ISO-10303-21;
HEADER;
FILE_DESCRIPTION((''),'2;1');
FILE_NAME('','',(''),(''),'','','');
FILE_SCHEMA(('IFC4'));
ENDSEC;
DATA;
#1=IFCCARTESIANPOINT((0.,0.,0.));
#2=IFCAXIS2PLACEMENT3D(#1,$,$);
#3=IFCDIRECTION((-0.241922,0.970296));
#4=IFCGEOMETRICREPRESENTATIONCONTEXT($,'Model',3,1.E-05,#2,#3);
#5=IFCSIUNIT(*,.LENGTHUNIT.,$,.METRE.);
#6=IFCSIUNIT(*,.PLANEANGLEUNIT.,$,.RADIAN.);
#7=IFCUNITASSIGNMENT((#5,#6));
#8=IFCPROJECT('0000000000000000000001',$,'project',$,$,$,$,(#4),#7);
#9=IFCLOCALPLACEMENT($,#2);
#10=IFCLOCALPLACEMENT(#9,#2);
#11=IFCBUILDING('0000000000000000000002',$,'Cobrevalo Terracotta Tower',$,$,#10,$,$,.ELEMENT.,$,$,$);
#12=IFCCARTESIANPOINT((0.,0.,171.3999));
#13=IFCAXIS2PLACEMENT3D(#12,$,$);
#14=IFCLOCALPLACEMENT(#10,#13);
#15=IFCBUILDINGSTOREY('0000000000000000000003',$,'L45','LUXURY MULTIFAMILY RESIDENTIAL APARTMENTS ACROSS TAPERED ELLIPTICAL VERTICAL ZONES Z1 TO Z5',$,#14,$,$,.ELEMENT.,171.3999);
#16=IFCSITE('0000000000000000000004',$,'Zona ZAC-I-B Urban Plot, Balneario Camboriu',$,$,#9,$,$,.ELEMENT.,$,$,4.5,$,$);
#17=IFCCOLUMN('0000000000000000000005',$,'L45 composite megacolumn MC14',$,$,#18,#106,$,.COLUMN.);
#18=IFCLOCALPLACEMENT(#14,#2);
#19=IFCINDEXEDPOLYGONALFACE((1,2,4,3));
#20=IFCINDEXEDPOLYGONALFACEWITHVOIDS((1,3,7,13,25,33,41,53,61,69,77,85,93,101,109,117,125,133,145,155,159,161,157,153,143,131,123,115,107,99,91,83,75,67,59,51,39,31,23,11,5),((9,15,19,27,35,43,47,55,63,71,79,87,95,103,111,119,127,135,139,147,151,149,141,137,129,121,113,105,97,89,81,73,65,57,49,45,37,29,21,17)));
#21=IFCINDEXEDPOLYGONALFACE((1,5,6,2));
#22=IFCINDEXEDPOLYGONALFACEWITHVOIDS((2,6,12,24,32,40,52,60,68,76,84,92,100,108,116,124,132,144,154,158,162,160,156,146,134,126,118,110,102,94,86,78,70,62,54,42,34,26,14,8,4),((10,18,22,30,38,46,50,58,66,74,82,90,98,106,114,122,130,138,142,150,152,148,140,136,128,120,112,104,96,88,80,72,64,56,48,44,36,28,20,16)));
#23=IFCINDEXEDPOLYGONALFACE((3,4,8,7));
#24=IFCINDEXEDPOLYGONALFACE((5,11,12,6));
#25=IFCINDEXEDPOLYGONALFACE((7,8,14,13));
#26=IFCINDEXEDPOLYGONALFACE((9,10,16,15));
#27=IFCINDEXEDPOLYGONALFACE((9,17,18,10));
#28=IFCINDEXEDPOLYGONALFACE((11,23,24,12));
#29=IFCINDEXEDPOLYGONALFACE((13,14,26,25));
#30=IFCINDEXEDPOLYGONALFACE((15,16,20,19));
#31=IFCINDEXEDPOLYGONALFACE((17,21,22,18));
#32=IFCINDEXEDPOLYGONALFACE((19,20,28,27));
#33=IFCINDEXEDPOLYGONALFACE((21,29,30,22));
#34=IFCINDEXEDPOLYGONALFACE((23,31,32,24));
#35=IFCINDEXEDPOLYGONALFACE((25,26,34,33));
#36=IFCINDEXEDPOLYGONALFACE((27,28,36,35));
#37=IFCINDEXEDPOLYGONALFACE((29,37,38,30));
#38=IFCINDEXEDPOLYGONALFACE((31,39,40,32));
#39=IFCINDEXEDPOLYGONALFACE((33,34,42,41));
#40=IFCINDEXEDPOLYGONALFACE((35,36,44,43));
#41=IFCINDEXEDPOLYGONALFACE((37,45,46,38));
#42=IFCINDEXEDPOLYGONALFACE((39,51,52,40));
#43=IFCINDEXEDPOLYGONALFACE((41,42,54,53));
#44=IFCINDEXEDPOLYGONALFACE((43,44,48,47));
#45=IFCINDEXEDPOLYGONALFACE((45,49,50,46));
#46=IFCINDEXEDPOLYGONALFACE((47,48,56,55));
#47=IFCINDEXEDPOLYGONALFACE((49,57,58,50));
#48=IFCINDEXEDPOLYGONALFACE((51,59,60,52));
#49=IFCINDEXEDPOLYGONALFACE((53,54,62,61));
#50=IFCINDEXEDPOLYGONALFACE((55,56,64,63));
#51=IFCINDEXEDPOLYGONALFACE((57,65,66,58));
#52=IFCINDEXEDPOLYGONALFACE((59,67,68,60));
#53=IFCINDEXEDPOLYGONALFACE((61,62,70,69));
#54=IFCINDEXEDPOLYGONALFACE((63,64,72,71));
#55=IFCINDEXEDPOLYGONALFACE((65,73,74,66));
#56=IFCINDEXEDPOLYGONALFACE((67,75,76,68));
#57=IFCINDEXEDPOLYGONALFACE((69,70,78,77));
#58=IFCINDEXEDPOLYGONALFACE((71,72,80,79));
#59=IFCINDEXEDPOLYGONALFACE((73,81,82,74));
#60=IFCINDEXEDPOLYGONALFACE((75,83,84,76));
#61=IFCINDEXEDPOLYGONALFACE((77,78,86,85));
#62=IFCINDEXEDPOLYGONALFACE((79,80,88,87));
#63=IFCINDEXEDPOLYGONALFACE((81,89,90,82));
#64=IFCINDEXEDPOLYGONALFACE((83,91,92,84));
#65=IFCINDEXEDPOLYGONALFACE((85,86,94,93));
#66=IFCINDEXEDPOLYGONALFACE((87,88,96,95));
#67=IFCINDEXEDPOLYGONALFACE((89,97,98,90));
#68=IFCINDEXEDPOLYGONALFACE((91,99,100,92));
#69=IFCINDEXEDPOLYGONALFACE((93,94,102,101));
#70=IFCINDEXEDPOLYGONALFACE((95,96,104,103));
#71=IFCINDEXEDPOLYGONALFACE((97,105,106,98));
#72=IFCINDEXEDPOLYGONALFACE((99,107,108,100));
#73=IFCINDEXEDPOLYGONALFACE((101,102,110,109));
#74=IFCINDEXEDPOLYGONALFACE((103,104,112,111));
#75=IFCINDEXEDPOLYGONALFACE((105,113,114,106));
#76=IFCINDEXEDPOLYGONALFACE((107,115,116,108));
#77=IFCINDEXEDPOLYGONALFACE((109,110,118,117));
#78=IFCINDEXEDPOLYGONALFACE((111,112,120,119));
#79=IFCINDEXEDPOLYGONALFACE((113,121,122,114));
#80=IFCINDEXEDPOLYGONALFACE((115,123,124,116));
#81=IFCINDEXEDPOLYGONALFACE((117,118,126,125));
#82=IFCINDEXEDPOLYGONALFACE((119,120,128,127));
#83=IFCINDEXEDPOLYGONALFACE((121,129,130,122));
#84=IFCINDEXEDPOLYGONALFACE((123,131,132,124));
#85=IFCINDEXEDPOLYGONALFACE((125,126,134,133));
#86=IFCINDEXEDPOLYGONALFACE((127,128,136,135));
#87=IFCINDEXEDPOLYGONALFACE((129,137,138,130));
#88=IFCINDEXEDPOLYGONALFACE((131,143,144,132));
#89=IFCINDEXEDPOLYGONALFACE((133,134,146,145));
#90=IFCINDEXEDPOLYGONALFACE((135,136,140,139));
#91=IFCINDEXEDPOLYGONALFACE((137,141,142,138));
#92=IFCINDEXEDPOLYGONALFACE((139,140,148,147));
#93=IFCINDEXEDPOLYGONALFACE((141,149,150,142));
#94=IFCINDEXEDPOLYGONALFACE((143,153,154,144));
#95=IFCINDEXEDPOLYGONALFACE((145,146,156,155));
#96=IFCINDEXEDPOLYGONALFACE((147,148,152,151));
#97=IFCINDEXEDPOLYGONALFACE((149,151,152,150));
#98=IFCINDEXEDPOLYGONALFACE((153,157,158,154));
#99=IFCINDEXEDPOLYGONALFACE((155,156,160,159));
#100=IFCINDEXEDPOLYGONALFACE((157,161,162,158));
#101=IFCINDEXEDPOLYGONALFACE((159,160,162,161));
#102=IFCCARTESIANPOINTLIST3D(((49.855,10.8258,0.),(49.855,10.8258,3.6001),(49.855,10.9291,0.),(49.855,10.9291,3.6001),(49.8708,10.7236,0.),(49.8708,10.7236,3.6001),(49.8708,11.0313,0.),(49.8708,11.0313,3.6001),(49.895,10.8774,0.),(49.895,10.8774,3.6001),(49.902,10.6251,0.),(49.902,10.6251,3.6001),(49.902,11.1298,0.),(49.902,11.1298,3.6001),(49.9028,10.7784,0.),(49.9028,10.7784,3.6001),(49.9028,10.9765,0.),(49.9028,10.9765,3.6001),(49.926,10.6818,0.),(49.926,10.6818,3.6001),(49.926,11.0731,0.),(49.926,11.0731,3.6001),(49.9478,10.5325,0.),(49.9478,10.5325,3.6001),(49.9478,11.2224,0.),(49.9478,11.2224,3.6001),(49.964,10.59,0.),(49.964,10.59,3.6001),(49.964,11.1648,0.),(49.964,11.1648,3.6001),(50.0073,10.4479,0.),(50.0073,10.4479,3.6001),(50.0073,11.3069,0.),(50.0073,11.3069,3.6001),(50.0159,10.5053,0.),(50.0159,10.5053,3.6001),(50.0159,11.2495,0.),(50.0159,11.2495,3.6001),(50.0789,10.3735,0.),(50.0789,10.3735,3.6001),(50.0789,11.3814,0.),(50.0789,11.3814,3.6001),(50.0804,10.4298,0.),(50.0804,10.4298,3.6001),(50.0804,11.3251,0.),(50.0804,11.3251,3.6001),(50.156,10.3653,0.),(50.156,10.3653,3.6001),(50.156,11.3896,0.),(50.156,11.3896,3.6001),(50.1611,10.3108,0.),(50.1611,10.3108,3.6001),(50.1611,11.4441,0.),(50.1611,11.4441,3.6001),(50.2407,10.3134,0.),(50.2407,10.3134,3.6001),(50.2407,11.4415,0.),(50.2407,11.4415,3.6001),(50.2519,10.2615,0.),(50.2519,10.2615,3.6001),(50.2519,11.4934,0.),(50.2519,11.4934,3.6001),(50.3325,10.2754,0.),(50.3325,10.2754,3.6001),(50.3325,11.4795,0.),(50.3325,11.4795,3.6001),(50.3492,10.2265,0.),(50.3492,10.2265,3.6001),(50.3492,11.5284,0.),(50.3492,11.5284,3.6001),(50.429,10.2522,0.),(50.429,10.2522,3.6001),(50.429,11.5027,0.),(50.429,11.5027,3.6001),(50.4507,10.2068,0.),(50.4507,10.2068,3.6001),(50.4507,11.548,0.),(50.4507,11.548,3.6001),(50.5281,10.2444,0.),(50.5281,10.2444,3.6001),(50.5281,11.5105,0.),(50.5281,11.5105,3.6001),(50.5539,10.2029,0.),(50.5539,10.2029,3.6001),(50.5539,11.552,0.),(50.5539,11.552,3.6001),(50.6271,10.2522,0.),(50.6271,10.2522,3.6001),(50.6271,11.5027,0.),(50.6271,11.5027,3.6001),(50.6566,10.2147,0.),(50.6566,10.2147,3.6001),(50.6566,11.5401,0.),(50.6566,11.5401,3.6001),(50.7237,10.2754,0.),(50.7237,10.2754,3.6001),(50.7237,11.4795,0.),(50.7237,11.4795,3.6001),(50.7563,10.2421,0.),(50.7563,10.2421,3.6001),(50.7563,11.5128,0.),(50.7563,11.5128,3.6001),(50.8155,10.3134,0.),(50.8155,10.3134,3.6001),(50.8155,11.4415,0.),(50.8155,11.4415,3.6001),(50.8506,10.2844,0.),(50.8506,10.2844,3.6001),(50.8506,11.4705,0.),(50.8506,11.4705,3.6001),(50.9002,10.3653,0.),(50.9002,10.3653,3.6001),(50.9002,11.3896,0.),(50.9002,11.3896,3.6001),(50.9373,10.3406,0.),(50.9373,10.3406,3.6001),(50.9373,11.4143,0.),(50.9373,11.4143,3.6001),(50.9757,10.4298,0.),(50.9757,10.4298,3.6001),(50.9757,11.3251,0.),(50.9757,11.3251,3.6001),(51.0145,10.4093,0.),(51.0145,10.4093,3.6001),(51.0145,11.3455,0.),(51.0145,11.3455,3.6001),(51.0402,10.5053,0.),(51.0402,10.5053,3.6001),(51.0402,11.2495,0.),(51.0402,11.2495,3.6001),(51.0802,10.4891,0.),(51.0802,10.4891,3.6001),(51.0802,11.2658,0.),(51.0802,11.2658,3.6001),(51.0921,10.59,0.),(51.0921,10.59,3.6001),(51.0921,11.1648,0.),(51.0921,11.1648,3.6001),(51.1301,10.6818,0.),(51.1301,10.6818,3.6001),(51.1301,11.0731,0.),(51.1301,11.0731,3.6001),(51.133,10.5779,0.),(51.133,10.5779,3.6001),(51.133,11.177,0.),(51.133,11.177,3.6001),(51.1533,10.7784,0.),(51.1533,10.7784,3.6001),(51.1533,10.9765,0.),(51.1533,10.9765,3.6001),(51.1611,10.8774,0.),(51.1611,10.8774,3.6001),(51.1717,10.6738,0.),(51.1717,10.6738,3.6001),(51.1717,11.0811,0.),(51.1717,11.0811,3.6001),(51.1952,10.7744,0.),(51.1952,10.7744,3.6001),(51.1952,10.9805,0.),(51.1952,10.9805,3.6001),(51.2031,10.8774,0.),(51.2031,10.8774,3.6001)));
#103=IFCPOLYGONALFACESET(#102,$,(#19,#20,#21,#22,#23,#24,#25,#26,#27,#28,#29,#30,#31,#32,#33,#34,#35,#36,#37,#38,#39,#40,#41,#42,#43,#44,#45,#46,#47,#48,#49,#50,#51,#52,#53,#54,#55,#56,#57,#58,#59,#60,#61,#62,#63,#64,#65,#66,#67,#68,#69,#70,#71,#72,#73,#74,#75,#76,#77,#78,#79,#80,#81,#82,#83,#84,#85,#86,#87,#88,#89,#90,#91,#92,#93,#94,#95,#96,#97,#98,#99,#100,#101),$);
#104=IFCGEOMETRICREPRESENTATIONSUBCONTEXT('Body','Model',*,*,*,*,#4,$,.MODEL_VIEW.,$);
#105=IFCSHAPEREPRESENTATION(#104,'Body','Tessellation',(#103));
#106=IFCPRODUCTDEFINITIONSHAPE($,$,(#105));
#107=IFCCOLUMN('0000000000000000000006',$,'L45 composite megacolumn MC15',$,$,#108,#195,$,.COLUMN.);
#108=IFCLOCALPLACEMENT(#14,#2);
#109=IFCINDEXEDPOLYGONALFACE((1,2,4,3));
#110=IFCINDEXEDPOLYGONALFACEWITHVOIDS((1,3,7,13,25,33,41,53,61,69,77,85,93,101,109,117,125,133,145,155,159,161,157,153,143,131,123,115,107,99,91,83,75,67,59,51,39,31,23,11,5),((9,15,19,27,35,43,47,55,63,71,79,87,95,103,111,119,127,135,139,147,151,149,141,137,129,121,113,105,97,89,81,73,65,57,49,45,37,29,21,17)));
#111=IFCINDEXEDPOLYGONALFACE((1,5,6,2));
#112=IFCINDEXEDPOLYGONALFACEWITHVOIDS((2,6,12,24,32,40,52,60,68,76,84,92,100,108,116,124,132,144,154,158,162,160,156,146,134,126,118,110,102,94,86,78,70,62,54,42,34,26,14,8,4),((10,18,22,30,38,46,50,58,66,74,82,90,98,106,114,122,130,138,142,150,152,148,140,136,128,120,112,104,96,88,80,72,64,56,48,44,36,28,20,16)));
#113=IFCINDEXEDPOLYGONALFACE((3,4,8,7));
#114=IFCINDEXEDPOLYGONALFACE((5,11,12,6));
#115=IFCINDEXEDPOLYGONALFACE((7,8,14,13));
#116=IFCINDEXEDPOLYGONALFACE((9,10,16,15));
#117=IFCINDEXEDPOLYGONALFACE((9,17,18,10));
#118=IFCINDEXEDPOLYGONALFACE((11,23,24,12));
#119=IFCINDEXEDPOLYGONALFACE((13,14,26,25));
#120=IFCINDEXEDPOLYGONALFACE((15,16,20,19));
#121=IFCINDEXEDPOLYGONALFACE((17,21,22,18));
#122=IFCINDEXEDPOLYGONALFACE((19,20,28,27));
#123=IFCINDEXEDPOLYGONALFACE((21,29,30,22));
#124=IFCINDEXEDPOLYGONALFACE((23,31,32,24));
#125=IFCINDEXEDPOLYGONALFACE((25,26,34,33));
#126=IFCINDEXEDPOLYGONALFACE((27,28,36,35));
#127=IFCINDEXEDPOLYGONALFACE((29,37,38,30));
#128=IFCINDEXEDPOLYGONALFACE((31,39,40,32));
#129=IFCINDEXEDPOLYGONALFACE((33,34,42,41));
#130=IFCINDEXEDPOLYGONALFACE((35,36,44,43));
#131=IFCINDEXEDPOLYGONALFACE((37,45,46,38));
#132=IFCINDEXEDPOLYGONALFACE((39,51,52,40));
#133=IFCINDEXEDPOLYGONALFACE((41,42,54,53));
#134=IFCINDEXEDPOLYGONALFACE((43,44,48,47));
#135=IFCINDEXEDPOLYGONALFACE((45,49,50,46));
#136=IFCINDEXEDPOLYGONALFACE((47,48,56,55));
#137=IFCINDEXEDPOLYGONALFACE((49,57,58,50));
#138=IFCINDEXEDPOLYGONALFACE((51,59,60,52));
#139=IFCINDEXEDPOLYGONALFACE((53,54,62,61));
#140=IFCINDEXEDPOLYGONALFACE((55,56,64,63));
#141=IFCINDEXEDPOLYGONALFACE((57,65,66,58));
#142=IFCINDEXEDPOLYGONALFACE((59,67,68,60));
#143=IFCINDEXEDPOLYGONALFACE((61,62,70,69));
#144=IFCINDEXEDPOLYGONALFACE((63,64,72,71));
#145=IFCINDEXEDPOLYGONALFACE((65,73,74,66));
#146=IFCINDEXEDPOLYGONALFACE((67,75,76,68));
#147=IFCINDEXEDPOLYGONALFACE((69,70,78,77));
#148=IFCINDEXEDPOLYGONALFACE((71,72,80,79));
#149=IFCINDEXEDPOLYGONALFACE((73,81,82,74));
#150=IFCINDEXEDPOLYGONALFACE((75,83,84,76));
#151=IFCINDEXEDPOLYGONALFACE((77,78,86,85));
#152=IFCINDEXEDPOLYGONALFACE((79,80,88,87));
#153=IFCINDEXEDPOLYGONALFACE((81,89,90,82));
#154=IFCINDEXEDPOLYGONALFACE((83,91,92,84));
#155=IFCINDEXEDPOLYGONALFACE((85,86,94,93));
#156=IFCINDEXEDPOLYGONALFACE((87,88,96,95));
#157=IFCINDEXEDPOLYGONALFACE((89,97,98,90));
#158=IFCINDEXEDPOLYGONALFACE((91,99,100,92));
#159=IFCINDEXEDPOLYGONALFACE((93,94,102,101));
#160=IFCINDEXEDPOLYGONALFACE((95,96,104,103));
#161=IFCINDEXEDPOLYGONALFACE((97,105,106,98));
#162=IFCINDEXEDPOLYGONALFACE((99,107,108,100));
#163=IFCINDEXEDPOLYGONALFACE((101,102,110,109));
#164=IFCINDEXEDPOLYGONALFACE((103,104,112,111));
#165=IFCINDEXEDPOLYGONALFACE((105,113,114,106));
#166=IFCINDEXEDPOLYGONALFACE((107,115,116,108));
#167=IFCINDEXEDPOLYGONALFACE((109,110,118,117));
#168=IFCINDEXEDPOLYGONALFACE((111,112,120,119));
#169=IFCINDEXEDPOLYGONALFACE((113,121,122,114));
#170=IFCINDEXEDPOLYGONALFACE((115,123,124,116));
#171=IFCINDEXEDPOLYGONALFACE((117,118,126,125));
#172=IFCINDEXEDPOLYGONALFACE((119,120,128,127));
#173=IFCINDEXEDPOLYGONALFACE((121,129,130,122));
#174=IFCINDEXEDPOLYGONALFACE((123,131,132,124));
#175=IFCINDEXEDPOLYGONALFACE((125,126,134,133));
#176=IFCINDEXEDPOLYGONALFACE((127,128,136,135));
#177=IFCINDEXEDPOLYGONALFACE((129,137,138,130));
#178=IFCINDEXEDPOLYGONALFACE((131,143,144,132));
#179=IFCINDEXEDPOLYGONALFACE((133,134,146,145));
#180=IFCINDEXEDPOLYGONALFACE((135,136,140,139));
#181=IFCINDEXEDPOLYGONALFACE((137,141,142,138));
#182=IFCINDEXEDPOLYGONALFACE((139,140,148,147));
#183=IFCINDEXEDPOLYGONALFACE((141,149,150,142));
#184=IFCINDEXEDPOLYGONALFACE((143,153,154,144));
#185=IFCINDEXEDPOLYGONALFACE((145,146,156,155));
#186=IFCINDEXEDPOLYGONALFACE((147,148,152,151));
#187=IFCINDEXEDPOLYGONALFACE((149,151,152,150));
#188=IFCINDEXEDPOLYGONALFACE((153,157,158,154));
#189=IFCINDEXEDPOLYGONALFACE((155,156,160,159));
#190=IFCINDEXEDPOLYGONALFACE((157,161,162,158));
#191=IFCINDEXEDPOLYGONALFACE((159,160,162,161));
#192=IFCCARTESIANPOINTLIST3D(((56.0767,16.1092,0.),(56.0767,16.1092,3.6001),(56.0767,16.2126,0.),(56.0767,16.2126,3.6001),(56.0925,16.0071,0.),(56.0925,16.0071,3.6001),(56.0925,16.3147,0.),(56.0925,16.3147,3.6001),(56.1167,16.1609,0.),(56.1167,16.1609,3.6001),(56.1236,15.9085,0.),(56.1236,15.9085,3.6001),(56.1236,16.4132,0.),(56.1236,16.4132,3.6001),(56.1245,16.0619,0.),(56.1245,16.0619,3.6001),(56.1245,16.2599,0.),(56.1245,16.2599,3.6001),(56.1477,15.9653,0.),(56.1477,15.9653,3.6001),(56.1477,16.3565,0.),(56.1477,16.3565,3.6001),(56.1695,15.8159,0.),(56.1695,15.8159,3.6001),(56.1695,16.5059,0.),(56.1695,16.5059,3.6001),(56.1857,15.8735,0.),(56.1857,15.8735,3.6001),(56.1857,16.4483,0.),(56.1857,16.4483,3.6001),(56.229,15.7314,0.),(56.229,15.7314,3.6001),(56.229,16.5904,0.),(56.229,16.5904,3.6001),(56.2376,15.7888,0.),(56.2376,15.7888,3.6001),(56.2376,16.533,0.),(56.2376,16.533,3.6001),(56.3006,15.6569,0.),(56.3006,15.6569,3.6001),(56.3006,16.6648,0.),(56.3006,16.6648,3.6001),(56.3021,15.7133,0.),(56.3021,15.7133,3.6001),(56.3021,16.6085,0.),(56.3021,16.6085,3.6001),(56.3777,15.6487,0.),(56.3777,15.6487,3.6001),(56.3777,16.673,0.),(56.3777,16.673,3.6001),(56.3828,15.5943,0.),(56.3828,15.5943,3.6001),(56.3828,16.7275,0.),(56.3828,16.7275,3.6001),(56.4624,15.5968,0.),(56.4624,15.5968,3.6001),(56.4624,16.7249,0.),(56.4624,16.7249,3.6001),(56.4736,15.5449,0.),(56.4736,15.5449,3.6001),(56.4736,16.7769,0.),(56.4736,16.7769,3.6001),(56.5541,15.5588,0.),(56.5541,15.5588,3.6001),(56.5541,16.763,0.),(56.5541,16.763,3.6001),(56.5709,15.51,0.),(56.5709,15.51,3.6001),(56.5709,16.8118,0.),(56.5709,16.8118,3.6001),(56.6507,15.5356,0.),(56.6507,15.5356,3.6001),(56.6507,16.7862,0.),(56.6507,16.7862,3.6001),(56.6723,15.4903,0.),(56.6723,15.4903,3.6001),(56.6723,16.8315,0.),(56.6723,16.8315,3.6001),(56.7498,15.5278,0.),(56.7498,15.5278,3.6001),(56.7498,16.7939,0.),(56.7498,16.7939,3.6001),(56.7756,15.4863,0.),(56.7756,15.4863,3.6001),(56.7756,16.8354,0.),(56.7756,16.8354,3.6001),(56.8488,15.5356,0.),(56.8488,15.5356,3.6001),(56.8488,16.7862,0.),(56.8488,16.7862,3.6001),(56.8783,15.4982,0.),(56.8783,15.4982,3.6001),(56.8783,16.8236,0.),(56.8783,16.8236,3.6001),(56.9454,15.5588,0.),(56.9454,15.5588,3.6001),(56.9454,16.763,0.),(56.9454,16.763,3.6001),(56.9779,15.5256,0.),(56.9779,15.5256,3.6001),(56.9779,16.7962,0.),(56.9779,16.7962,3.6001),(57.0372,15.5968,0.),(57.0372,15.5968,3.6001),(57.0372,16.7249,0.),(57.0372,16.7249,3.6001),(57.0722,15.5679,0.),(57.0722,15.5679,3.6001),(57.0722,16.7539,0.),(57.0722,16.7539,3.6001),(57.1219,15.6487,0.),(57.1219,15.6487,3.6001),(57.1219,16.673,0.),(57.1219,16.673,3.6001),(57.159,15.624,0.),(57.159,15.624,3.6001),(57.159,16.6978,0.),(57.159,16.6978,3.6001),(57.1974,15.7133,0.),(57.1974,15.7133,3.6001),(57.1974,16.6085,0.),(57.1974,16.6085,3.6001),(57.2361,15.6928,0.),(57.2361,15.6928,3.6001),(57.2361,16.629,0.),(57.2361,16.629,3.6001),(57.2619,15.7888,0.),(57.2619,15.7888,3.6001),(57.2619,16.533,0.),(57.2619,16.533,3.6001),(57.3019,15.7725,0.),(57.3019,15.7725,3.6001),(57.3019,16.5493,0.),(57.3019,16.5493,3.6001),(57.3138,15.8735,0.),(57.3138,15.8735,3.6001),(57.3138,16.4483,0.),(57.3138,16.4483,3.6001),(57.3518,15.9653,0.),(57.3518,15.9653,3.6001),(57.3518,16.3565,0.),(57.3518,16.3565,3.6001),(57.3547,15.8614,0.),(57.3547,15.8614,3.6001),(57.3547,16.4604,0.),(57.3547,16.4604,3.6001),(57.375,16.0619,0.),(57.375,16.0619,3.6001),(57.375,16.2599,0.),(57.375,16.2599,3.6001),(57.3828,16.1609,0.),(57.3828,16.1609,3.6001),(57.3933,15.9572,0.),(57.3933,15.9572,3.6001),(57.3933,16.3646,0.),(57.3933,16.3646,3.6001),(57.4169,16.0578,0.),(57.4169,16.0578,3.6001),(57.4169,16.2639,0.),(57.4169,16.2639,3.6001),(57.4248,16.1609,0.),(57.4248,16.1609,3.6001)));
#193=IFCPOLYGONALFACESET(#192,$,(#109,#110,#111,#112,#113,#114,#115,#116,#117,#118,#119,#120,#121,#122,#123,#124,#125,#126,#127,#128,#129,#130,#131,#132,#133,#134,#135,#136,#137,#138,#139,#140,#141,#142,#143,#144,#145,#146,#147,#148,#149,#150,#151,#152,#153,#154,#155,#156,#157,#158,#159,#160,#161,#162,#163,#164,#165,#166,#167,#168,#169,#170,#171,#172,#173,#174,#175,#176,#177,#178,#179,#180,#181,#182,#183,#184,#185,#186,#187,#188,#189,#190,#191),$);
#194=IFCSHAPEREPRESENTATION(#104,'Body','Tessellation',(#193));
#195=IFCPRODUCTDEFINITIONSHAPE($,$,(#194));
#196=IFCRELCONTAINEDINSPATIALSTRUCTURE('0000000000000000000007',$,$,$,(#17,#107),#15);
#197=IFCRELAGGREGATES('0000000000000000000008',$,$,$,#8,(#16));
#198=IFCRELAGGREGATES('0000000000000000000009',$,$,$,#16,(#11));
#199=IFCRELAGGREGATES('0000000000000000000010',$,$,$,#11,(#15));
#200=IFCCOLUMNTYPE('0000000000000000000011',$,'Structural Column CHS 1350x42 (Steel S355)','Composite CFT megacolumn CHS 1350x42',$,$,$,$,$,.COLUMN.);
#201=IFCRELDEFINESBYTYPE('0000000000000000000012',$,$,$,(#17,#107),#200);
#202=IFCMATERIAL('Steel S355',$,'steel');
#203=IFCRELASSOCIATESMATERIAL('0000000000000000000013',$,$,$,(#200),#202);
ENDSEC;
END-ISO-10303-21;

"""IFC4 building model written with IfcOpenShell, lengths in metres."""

from ifc_helpers import new_model, si_unit, direction, frame, origin, origin_2d, place, context, subcontext, project, spatial, hollow_circle, extrude, material, material_profile, profile_set, type_object, element, save


model = new_model("IFC4")

# Units and contexts
model_context = context("Model", 3, precision=1e-05, world=origin(), true_north=direction((-0.241922, 0.970296)))
body_context = subcontext(model_context, "Body", "Model", "MODEL_VIEW")
ifc_project = project(units=[si_unit("LENGTHUNIT", "METRE"), si_unit("PLANEANGLEUNIT", "RADIAN")], contexts=[model_context])

# Site, building, storey
site_placement = place(None, origin())
site = spatial("IfcSite", under=ifc_project, at=site_placement, Name="Zona ZAC-I-B Urban Plot, Balneario Camboriu", CompositionType="ELEMENT", RefElevation=4.5)
building_placement = place(site_placement, origin())
building = spatial("IfcBuilding", under=site, at=building_placement, Name="Cobrevalo Terracotta Tower", CompositionType="ELEMENT")
storey_placement = place(building_placement, frame((0.0, 0.0, 171.3999)))
storey = spatial("IfcBuildingStorey", under=building, at=storey_placement, Name="L45", Description="LUXURY MULTIFAMILY RESIDENTIAL APARTMENTS ACROSS TAPERED ELLIPTICAL VERTICAL ZONES Z1 TO Z5", CompositionType="ELEMENT", Elevation=171.3999)

# Columns
ifc_material_1 = material(Name="Steel S355", Category="steel")
ifc_material_profile_1 = material_profile(ifc_material_1, hollow_circle(Radius=0.675, WallThickness=0.042, at=origin_2d()), Name="CHS 1350x42")
ifc_profile_set_1 = profile_set([ifc_material_profile_1], Name="Steel S355")
column_type = type_object("IfcColumnType", Name="Structural Column CHS 1350x42 (Steel S355)", Description="Composite CFT megacolumn CHS 1350x42", PredefinedType="COLUMN", material=ifc_profile_set_1)
for number, where, z_axis, x_axis, name in (
    (1, (50.5281, 10.8774, 0.0), (0.0, 0.0, 1.0), (1.0, 0.0, 0.0), "L45 composite megacolumn MC14"),
    (2, (56.7498, 16.1609, 0.0), (0.0, 0.0, 1.0), (1.0, 0.0, 0.0), "L45 composite megacolumn MC15"),
):
    element("IfcColumn", number, at=place(storey_placement, frame(where, z_axis=z_axis, x_axis=x_axis)), inside=storey, type_object=column_type, Name=name, PredefinedType="COLUMN", context=body_context, shape_type="SweptSolid", body=[
        extrude(hollow_circle(Radius=0.675, WallThickness=0.042, at=origin_2d()), origin(), (0.0, 0.0, 1.0), 3.6001),
    ])

save(model, "model.ifc")
